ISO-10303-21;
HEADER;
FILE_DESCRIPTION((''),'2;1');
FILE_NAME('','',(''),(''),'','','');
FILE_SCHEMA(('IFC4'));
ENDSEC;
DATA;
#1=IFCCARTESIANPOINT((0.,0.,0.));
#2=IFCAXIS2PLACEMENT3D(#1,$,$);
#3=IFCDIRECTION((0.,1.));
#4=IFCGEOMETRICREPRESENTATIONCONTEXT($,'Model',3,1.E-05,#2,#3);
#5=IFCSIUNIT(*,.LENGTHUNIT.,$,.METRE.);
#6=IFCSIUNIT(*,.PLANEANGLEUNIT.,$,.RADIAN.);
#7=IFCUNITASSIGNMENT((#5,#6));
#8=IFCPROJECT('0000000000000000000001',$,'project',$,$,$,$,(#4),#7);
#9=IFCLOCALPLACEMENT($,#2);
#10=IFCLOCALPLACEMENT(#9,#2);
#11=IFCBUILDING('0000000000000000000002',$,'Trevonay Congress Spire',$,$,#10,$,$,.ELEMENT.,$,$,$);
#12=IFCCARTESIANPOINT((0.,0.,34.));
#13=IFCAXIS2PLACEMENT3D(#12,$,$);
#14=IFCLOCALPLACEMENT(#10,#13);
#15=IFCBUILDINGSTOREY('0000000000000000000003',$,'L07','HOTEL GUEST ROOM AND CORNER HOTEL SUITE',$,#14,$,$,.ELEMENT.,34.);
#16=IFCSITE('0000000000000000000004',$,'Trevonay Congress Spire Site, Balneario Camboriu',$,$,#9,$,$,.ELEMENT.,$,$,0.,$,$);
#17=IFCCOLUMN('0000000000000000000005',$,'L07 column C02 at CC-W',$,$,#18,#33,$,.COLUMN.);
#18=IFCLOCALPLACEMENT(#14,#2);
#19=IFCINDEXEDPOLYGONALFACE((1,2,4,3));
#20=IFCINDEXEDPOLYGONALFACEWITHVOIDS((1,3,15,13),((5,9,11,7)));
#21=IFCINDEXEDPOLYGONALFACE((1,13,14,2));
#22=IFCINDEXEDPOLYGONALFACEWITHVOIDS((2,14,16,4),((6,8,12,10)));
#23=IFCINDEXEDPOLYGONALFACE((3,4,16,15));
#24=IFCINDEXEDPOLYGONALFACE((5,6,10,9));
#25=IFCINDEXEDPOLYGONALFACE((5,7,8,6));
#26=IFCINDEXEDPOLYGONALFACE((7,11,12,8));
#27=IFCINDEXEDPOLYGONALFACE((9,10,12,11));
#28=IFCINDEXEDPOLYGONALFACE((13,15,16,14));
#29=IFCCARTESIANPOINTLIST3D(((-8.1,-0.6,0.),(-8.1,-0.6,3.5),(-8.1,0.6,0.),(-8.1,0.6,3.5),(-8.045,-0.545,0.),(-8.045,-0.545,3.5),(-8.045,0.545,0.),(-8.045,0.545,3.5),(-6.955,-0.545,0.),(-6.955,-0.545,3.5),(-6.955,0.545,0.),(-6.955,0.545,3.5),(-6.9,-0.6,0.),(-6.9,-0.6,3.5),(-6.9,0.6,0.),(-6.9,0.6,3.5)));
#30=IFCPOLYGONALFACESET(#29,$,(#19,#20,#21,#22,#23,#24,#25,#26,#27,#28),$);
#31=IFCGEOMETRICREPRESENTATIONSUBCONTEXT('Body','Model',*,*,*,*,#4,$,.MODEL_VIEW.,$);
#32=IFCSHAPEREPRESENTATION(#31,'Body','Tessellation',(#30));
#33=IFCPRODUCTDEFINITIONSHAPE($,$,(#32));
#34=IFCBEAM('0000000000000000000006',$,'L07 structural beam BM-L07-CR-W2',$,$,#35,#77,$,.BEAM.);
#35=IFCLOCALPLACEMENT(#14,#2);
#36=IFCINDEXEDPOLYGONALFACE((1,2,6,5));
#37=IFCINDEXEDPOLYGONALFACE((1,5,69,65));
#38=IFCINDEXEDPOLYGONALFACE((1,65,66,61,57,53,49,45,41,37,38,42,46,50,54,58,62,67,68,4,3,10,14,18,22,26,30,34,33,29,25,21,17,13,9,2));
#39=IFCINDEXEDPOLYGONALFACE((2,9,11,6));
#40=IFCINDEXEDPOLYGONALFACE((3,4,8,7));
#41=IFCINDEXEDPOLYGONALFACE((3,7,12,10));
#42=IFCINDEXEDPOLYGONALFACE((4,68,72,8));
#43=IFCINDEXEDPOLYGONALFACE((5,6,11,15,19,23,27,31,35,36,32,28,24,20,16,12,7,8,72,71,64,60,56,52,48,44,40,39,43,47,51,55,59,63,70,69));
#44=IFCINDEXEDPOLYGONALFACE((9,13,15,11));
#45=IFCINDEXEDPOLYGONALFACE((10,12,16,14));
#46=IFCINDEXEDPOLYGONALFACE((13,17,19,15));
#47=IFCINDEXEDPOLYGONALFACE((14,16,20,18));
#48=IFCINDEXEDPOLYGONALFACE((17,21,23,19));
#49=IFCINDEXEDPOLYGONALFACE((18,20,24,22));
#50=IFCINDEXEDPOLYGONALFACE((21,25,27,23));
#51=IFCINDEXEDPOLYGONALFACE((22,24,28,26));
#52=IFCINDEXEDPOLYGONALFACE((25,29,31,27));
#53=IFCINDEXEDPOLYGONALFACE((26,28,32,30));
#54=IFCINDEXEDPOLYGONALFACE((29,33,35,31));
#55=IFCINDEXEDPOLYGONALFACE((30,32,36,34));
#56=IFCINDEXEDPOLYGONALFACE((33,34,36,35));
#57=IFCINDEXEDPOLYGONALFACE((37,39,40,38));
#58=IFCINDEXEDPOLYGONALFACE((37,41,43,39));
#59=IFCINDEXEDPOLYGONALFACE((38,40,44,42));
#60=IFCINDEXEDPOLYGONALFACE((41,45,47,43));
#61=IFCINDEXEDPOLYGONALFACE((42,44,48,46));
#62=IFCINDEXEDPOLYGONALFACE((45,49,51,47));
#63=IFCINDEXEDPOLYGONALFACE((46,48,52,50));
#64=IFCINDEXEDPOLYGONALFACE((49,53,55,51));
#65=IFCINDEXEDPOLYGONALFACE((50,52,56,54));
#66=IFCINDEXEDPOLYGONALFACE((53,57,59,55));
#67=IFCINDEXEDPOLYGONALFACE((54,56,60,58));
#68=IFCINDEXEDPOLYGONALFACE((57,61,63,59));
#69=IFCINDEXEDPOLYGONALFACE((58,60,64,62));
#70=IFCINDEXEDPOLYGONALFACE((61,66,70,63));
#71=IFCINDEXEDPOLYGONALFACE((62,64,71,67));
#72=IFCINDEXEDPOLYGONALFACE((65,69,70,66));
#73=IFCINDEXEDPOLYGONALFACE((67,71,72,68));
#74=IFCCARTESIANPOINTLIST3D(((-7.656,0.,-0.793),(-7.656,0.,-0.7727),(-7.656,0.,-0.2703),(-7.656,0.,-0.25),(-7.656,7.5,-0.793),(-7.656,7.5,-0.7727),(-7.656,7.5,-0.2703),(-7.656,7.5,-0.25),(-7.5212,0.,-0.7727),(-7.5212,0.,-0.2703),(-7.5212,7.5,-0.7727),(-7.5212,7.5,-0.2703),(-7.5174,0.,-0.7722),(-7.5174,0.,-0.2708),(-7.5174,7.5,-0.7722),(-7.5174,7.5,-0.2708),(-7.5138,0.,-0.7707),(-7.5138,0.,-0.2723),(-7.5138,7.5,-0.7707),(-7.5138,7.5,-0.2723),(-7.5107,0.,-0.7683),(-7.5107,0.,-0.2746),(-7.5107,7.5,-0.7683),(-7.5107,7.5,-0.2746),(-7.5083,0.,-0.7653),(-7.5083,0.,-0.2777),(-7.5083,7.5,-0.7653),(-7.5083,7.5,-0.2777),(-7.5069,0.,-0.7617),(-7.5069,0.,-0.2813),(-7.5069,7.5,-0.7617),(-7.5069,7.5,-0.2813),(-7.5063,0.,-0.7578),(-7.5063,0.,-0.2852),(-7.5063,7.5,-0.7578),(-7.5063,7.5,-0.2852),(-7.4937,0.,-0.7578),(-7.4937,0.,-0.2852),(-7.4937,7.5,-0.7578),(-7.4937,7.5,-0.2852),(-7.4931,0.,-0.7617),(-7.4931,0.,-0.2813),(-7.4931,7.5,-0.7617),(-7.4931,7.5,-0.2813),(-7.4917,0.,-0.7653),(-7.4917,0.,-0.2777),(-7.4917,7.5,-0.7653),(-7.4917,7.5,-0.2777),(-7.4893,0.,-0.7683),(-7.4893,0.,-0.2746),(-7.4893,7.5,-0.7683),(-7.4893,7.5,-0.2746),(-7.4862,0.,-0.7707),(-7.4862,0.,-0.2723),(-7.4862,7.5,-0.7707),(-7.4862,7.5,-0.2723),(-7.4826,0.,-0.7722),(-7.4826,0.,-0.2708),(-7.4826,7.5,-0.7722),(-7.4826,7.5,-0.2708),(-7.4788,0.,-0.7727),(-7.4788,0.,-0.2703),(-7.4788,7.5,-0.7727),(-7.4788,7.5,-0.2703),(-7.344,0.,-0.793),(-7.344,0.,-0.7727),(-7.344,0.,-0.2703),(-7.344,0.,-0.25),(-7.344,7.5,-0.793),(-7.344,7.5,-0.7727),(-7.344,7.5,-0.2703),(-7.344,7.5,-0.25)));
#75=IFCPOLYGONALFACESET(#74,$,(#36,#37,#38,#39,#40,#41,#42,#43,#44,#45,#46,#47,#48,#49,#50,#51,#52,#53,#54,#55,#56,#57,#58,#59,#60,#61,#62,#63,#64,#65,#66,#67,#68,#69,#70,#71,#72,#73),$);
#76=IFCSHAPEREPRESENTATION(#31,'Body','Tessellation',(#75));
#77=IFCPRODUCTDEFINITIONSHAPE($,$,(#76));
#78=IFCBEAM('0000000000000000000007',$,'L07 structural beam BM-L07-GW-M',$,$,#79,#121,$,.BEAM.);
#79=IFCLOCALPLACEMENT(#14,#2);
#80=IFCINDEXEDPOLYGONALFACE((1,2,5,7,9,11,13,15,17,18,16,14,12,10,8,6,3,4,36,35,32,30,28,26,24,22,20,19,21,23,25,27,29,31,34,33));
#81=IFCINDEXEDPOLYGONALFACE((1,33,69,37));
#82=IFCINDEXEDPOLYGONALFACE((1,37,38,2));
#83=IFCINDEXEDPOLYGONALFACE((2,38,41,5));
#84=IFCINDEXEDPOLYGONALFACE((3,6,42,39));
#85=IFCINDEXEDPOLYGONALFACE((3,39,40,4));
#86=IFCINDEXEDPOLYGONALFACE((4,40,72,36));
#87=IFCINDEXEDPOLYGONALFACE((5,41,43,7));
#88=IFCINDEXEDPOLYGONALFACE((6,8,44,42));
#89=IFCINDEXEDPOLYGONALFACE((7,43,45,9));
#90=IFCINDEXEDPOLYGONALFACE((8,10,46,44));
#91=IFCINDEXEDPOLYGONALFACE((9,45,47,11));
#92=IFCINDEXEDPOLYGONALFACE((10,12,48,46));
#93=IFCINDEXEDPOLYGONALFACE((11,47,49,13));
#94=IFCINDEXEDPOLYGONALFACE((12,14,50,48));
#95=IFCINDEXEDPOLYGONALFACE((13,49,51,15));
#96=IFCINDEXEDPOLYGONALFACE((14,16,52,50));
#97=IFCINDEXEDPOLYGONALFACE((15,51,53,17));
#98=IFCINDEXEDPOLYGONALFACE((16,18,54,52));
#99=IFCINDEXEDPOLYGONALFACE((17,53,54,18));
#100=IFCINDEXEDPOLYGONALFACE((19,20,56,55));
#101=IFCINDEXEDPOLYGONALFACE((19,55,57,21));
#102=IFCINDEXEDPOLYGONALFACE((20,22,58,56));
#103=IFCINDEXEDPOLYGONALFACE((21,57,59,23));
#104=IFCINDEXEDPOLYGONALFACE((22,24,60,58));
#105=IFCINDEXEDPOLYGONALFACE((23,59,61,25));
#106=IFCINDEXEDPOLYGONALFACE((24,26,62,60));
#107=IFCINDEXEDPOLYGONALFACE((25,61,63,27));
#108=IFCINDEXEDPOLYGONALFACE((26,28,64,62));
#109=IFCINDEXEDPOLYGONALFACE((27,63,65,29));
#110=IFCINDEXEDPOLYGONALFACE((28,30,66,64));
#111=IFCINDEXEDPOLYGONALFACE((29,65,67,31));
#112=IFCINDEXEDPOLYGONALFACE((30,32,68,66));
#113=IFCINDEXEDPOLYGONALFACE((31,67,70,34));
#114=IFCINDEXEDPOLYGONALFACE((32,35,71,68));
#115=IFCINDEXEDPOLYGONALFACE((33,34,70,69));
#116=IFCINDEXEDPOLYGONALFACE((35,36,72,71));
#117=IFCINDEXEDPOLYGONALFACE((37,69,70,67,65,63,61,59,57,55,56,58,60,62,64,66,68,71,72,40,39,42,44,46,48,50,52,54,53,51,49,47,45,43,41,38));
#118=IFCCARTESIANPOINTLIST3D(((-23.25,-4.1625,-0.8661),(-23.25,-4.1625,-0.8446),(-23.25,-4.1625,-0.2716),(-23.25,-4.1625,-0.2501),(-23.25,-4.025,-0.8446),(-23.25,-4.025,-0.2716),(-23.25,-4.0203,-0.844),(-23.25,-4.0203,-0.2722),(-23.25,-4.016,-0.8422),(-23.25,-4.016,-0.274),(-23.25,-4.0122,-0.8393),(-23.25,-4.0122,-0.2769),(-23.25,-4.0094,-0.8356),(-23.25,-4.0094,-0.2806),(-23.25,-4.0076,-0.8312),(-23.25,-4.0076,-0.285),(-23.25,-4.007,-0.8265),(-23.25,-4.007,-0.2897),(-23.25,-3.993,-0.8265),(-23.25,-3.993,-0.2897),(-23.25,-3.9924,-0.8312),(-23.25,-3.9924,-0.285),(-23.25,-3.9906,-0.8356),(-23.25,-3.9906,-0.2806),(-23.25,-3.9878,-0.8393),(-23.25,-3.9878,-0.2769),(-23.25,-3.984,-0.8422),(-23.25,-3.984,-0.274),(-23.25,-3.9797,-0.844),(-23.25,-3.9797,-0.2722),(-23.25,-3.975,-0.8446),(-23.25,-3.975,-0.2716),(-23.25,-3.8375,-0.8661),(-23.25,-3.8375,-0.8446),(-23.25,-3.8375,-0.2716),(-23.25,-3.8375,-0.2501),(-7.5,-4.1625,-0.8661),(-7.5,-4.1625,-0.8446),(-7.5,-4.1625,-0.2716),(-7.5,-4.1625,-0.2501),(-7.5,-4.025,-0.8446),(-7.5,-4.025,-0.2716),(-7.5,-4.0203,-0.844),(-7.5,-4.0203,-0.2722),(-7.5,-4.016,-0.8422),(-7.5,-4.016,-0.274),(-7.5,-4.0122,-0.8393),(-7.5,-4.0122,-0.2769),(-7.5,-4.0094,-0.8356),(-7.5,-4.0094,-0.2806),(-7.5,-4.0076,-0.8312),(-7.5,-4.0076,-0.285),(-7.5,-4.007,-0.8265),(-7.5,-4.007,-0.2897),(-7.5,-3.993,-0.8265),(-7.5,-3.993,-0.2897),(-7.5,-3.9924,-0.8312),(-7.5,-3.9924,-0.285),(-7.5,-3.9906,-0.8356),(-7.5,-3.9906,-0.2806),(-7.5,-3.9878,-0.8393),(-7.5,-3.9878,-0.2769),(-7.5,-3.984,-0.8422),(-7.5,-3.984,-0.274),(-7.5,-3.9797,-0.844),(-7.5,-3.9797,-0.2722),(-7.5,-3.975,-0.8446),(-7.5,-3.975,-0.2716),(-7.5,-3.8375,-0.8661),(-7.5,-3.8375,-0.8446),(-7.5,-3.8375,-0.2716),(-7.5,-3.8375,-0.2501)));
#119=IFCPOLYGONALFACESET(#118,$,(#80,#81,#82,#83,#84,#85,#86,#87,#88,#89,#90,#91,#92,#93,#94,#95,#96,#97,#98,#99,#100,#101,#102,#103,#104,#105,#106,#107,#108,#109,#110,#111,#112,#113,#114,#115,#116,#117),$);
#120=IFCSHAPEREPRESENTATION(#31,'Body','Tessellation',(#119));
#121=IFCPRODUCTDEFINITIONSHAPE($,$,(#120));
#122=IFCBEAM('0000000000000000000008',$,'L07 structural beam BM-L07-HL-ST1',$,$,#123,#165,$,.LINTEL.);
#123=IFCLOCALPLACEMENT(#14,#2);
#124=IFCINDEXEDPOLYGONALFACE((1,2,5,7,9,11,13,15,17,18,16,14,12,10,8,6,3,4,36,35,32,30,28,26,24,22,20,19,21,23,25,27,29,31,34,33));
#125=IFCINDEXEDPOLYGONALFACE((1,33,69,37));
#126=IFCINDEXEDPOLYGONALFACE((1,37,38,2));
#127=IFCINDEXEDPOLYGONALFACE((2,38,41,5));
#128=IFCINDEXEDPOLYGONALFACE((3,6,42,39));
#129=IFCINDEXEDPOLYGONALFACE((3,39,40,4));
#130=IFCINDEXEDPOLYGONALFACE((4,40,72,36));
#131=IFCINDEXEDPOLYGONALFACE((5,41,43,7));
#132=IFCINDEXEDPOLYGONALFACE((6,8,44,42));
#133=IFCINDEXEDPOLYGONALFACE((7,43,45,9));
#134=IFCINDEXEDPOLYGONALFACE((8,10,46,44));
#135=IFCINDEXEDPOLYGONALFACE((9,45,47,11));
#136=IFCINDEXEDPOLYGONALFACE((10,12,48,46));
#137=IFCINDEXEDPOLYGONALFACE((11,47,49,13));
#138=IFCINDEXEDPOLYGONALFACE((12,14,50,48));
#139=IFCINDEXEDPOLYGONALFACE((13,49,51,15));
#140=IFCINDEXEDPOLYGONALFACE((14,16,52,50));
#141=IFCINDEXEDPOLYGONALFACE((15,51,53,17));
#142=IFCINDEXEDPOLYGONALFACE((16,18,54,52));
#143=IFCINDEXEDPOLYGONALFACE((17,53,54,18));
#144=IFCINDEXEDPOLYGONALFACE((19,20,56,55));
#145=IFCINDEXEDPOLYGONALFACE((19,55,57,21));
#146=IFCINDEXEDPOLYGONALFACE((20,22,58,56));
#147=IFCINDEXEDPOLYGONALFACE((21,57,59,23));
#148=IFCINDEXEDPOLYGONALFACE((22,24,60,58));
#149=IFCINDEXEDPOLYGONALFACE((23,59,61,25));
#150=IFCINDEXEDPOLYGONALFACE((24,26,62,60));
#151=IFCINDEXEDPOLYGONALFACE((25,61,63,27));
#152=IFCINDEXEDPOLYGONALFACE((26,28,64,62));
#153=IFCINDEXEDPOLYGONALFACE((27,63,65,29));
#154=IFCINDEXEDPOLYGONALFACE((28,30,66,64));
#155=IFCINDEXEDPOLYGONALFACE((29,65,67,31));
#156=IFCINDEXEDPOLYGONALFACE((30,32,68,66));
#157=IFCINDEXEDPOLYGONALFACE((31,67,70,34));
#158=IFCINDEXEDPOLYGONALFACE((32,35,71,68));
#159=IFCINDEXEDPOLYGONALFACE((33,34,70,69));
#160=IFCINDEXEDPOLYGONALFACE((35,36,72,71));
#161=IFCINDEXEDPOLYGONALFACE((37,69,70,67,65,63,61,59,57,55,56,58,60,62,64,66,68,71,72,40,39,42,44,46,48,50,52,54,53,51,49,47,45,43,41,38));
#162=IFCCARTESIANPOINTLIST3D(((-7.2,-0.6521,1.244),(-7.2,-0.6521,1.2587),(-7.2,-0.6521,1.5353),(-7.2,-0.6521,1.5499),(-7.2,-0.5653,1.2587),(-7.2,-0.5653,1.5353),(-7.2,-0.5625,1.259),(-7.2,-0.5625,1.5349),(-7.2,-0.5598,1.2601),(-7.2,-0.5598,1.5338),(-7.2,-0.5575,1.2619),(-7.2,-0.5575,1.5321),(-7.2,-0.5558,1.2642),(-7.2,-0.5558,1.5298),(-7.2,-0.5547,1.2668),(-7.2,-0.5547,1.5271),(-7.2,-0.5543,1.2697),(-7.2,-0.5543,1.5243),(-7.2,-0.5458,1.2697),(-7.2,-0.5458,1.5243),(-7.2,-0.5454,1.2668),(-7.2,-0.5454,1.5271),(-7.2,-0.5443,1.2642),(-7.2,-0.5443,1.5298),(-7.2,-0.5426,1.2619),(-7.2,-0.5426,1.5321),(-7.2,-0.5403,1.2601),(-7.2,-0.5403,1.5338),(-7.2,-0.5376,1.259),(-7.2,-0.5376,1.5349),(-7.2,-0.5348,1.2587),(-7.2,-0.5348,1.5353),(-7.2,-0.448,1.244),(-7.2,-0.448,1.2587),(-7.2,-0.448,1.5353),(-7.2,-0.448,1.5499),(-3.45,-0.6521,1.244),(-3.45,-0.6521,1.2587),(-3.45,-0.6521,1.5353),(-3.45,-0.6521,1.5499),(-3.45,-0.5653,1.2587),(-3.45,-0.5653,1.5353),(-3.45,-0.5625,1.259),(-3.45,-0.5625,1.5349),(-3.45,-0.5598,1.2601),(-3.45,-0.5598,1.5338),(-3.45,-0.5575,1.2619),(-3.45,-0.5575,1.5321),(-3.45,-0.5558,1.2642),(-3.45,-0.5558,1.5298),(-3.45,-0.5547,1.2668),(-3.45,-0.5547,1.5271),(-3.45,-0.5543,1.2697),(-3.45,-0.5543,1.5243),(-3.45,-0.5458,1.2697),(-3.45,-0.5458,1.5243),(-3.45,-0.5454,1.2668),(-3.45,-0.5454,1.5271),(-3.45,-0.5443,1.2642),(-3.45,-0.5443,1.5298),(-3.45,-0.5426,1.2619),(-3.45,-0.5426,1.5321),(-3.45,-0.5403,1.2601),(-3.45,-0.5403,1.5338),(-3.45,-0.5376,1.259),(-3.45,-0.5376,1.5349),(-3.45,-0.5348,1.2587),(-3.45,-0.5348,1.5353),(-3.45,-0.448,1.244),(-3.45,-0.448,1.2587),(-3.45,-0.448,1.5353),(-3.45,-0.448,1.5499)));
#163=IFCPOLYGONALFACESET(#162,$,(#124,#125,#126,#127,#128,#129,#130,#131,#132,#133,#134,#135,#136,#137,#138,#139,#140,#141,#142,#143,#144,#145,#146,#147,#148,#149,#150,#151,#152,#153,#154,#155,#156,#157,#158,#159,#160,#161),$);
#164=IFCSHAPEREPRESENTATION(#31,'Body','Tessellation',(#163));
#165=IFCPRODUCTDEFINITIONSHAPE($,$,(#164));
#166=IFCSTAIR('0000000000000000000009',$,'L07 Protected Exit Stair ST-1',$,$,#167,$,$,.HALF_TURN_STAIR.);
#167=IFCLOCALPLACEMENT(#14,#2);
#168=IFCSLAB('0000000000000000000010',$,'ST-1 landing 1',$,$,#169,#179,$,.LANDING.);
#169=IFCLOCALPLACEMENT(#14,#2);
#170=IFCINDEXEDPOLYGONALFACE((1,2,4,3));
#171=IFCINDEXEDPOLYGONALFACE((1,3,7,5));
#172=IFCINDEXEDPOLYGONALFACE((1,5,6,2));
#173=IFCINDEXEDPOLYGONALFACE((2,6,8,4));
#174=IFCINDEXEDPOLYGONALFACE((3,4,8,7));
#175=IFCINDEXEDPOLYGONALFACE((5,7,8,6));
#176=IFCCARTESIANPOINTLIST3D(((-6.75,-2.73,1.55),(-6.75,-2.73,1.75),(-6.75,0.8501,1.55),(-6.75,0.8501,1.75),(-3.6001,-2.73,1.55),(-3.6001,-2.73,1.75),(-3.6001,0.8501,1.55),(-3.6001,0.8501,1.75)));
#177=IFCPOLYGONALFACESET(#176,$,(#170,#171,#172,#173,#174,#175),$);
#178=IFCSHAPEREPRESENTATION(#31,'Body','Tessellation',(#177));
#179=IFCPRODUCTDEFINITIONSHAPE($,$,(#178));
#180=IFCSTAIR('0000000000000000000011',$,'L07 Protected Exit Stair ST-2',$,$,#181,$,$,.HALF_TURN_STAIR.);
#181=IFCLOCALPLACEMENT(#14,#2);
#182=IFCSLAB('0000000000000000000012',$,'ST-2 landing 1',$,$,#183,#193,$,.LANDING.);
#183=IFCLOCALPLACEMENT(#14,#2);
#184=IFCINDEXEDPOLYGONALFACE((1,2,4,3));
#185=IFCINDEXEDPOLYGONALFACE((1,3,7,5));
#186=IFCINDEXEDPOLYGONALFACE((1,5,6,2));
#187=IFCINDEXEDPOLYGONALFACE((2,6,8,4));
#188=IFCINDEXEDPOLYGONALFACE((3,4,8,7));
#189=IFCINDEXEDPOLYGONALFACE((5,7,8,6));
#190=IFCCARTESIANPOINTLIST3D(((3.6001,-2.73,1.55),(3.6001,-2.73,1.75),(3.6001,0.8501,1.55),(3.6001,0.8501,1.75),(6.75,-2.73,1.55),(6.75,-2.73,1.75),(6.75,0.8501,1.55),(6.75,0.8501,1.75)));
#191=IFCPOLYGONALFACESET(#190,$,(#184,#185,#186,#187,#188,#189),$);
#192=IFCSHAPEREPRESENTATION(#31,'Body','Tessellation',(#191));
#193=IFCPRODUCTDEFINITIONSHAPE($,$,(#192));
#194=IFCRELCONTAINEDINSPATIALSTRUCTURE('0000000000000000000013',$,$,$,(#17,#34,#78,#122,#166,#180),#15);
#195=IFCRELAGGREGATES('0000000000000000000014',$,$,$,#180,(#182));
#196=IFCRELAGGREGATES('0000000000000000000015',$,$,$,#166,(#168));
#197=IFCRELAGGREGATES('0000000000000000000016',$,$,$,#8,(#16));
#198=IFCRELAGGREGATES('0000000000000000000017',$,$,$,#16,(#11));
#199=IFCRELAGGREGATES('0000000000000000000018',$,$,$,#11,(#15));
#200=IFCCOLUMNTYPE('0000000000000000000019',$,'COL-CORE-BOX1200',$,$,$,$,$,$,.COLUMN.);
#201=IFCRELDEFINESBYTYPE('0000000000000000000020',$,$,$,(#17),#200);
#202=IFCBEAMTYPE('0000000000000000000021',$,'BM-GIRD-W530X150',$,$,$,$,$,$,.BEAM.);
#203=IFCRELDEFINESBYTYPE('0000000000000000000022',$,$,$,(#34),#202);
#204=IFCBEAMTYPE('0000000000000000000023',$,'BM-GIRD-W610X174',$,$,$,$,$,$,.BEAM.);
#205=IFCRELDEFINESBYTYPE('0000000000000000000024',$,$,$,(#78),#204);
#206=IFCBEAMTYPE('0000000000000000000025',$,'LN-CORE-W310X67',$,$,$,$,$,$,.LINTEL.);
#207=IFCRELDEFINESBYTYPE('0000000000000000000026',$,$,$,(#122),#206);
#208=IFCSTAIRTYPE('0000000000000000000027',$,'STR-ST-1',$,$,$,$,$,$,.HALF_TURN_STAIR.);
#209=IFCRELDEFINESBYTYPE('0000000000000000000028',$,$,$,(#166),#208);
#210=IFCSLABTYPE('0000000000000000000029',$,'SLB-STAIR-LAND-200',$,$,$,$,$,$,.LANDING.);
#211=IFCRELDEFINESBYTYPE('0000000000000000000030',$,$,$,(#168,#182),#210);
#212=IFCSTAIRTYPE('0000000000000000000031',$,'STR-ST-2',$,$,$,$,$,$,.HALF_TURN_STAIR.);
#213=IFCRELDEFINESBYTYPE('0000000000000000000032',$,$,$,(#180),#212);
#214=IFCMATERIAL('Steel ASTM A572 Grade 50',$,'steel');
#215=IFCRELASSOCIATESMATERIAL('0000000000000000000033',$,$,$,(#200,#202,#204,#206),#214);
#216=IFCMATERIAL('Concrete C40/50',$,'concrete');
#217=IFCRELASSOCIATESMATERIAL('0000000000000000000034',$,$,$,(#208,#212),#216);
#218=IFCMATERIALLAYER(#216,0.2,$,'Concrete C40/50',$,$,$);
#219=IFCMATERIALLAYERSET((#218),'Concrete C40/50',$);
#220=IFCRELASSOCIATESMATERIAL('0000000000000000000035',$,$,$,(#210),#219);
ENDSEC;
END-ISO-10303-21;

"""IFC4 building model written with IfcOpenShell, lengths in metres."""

from ifc_helpers import new_model, si_unit, direction, frame, origin, origin_2d, place, context, subcontext, project, spatial, polyline, hollow_rectangle, i_section, outline, extrude, material, layer, layer_set, material_profile, profile_set, type_object, element, aggregate, save


model = new_model("IFC4")

# Units and contexts
model_context = context("Model", 3, precision=1e-05, world=origin(), true_north=direction((0.0, 1.0)))
body_context = subcontext(model_context, "Body", "Model", "MODEL_VIEW")
ifc_project = project(units=[si_unit("LENGTHUNIT", "METRE"), si_unit("PLANEANGLEUNIT", "RADIAN")], contexts=[model_context])

# Site, building, storey
site_placement = place(None, origin())
site = spatial("IfcSite", under=ifc_project, at=site_placement, Name="Trevonay Congress Spire Site, Balneario Camboriu", CompositionType="ELEMENT", RefElevation=0.0)
building_placement = place(site_placement, origin())
building = spatial("IfcBuilding", under=site, at=building_placement, Name="Trevonay Congress Spire", CompositionType="ELEMENT")
storey_placement = place(building_placement, frame((0.0, 0.0, 34.0)))
storey = spatial("IfcBuildingStorey", under=building, at=storey_placement, Name="L07", Description="HOTEL GUEST ROOM AND CORNER HOTEL SUITE", CompositionType="ELEMENT", Elevation=34.0)

# Column
ifc_material_1 = material(Name="Steel ASTM A572 Grade 50", Category="steel")
ifc_material_profile_1 = material_profile(ifc_material_1, hollow_rectangle(XDim=1.2, YDim=1.2, WallThickness=0.0549, at=origin_2d()), Name="BOX 1200x1200x55")
ifc_profile_set_1 = profile_set([ifc_material_profile_1], Name="Steel ASTM A572 Grade 50")
column_type = type_object("IfcColumnType", Name="COL-CORE-BOX1200", PredefinedType="COLUMN", material=ifc_profile_set_1)
column_placement = place(storey_placement, frame((-7.5, 0.0, 0.0), z_axis=(0.0, 0.0, 1.0), x_axis=(1.0, 0.0, 0.0)))
element("IfcColumn", 1, at=column_placement, inside=storey, type_object=column_type, Name="L07 column C02 at CC-W", PredefinedType="COLUMN", context=body_context, shape_type="SweptSolid", body=[
    extrude(hollow_rectangle(XDim=1.2, YDim=1.2, WallThickness=0.0549, at=origin_2d()), origin(), (0.0, 0.0, 1.0), 3.5),
])

# Beams
ifc_material_profile_2 = material_profile(ifc_material_1, i_section(OverallWidth=0.312, OverallDepth=0.543, WebThickness=0.0127, FlangeThickness=0.0203, FilletRadius=0.0149, at=origin_2d()), Name="W530x150")
ifc_profile_set_2 = profile_set([ifc_material_profile_2], Name="Steel ASTM A572 Grade 50")
beam_type_1 = type_object("IfcBeamType", Name="BM-GIRD-W530X150", PredefinedType="BEAM", material=ifc_profile_set_2)
beam_1_placement = place(storey_placement, frame((-7.5, 0.0, -0.5215), z_axis=(0.0, 1.0, 0.0), x_axis=(-1.0, 0.0, 0.0)))
element("IfcBeam", 2, at=beam_1_placement, inside=storey, type_object=beam_type_1, Name="L07 structural beam BM-L07-CR-W2", PredefinedType="BEAM", context=body_context, shape_type="SweptSolid", body=[
    extrude(i_section(OverallWidth=0.312, OverallDepth=0.543, WebThickness=0.0127, FlangeThickness=0.0203, FilletRadius=0.0149, at=origin_2d()), origin(), (0.0, 0.0, 1.0), 7.5),
])
ifc_material_profile_3 = material_profile(ifc_material_1, i_section(OverallWidth=0.325, OverallDepth=0.616, WebThickness=0.0139, FlangeThickness=0.0215, FilletRadius=0.0181, at=origin_2d()), Name="W610x174")
ifc_profile_set_3 = profile_set([ifc_material_profile_3], Name="Steel ASTM A572 Grade 50")
beam_type_2 = type_object("IfcBeamType", Name="BM-GIRD-W610X174", PredefinedType="BEAM", material=ifc_profile_set_3)
beam_2_placement = place(storey_placement, frame((-7.5, -4.0, -0.5581), z_axis=(-1.0, 0.0, 0.0), x_axis=(0.0, -1.0, 0.0)))
element("IfcBeam", 3, at=beam_2_placement, inside=storey, type_object=beam_type_2, Name="L07 structural beam BM-L07-GW-M", PredefinedType="BEAM", context=body_context, shape_type="SweptSolid", body=[
    extrude(i_section(OverallWidth=0.325, OverallDepth=0.616, WebThickness=0.0139, FlangeThickness=0.0215, FilletRadius=0.0181, at=origin_2d()), origin(), (0.0, 0.0, 1.0), 15.75),
])
ifc_material_profile_4 = material_profile(ifc_material_1, i_section(OverallWidth=0.2041, OverallDepth=0.3059, WebThickness=0.0085, FlangeThickness=0.0146, FilletRadius=0.011, at=origin_2d()), Name="W310x67")
ifc_profile_set_4 = profile_set([ifc_material_profile_4], Name="Steel ASTM A572 Grade 50")
beam_type_3 = type_object("IfcBeamType", Name="LN-CORE-W310X67", PredefinedType="LINTEL", material=ifc_profile_set_4)
beam_3_placement = place(storey_placement, frame((-7.2, -0.55, 1.397), z_axis=(1.0, 0.0, 0.0), x_axis=(0.0, 1.0, 0.0)))
element("IfcBeam", 4, at=beam_3_placement, inside=storey, type_object=beam_type_3, Name="L07 structural beam BM-L07-HL-ST1", PredefinedType="LINTEL", context=body_context, shape_type="SweptSolid", body=[
    extrude(i_section(OverallWidth=0.2041, OverallDepth=0.3059, WebThickness=0.0085, FlangeThickness=0.0146, FilletRadius=0.011, at=origin_2d()), origin(), (0.0, 0.0, 1.0), 3.75),
])

# Stairs, slabs
ifc_material_2 = material(Name="Concrete C40/50", Category="concrete")
stair_type_1 = type_object("IfcStairType", Name="STR-ST-1", PredefinedType="HALF_TURN_STAIR", material=ifc_material_2)
stair_1_placement = place(storey_placement, origin())
stair_1 = element("IfcStair", 5, at=stair_1_placement, inside=storey, type_object=stair_type_1, Name="L07 Protected Exit Stair ST-1", PredefinedType="HALF_TURN_STAIR")
ifc_layer_1 = layer(ifc_material_2, 0.2, Name="Concrete C40/50")
ifc_layer_set_1 = layer_set([ifc_layer_1], Name="Concrete C40/50")
slab_type_1 = type_object("IfcSlabType", Name="SLB-STAIR-LAND-200", PredefinedType="LANDING", material=ifc_layer_set_1)
slab_1_placement = place(storey_placement, frame((0.0, 0.0, 1.55)))
slab_1 = element("IfcSlab", 6, at=slab_1_placement, type_object=slab_type_1, Name="ST-1 landing 1", PredefinedType="LANDING", context=body_context, shape_type="SweptSolid", body=[
    extrude(outline(polyline([(-3.6001, -2.73), (-3.6001, 0.8501), (-6.75, 0.8501), (-6.75, -2.73), (-3.6001, -2.73)])), origin(), (0.0, 0.0, 1.0), 0.2),
])
stair_type_2 = type_object("IfcStairType", Name="STR-ST-2", PredefinedType="HALF_TURN_STAIR", material=ifc_material_2)
stair_2_placement = place(storey_placement, origin())
stair_2 = element("IfcStair", 7, at=stair_2_placement, inside=storey, type_object=stair_type_2, Name="L07 Protected Exit Stair ST-2", PredefinedType="HALF_TURN_STAIR")
slab_2_placement = place(storey_placement, frame((0.0, 0.0, 1.55)))
slab_2 = element("IfcSlab", 8, at=slab_2_placement, type_object=slab_type_1, Name="ST-2 landing 1", PredefinedType="LANDING", context=body_context, shape_type="SweptSolid", body=[
    extrude(outline(polyline([(6.75, -2.73), (6.75, 0.8501), (3.6001, 0.8501), (3.6001, -2.73), (6.75, -2.73)])), origin(), (0.0, 0.0, 1.0), 0.2),
])
aggregate(stair_2, [slab_2])

aggregate(stair_1, [slab_1])

save(model, "model.ifc")
